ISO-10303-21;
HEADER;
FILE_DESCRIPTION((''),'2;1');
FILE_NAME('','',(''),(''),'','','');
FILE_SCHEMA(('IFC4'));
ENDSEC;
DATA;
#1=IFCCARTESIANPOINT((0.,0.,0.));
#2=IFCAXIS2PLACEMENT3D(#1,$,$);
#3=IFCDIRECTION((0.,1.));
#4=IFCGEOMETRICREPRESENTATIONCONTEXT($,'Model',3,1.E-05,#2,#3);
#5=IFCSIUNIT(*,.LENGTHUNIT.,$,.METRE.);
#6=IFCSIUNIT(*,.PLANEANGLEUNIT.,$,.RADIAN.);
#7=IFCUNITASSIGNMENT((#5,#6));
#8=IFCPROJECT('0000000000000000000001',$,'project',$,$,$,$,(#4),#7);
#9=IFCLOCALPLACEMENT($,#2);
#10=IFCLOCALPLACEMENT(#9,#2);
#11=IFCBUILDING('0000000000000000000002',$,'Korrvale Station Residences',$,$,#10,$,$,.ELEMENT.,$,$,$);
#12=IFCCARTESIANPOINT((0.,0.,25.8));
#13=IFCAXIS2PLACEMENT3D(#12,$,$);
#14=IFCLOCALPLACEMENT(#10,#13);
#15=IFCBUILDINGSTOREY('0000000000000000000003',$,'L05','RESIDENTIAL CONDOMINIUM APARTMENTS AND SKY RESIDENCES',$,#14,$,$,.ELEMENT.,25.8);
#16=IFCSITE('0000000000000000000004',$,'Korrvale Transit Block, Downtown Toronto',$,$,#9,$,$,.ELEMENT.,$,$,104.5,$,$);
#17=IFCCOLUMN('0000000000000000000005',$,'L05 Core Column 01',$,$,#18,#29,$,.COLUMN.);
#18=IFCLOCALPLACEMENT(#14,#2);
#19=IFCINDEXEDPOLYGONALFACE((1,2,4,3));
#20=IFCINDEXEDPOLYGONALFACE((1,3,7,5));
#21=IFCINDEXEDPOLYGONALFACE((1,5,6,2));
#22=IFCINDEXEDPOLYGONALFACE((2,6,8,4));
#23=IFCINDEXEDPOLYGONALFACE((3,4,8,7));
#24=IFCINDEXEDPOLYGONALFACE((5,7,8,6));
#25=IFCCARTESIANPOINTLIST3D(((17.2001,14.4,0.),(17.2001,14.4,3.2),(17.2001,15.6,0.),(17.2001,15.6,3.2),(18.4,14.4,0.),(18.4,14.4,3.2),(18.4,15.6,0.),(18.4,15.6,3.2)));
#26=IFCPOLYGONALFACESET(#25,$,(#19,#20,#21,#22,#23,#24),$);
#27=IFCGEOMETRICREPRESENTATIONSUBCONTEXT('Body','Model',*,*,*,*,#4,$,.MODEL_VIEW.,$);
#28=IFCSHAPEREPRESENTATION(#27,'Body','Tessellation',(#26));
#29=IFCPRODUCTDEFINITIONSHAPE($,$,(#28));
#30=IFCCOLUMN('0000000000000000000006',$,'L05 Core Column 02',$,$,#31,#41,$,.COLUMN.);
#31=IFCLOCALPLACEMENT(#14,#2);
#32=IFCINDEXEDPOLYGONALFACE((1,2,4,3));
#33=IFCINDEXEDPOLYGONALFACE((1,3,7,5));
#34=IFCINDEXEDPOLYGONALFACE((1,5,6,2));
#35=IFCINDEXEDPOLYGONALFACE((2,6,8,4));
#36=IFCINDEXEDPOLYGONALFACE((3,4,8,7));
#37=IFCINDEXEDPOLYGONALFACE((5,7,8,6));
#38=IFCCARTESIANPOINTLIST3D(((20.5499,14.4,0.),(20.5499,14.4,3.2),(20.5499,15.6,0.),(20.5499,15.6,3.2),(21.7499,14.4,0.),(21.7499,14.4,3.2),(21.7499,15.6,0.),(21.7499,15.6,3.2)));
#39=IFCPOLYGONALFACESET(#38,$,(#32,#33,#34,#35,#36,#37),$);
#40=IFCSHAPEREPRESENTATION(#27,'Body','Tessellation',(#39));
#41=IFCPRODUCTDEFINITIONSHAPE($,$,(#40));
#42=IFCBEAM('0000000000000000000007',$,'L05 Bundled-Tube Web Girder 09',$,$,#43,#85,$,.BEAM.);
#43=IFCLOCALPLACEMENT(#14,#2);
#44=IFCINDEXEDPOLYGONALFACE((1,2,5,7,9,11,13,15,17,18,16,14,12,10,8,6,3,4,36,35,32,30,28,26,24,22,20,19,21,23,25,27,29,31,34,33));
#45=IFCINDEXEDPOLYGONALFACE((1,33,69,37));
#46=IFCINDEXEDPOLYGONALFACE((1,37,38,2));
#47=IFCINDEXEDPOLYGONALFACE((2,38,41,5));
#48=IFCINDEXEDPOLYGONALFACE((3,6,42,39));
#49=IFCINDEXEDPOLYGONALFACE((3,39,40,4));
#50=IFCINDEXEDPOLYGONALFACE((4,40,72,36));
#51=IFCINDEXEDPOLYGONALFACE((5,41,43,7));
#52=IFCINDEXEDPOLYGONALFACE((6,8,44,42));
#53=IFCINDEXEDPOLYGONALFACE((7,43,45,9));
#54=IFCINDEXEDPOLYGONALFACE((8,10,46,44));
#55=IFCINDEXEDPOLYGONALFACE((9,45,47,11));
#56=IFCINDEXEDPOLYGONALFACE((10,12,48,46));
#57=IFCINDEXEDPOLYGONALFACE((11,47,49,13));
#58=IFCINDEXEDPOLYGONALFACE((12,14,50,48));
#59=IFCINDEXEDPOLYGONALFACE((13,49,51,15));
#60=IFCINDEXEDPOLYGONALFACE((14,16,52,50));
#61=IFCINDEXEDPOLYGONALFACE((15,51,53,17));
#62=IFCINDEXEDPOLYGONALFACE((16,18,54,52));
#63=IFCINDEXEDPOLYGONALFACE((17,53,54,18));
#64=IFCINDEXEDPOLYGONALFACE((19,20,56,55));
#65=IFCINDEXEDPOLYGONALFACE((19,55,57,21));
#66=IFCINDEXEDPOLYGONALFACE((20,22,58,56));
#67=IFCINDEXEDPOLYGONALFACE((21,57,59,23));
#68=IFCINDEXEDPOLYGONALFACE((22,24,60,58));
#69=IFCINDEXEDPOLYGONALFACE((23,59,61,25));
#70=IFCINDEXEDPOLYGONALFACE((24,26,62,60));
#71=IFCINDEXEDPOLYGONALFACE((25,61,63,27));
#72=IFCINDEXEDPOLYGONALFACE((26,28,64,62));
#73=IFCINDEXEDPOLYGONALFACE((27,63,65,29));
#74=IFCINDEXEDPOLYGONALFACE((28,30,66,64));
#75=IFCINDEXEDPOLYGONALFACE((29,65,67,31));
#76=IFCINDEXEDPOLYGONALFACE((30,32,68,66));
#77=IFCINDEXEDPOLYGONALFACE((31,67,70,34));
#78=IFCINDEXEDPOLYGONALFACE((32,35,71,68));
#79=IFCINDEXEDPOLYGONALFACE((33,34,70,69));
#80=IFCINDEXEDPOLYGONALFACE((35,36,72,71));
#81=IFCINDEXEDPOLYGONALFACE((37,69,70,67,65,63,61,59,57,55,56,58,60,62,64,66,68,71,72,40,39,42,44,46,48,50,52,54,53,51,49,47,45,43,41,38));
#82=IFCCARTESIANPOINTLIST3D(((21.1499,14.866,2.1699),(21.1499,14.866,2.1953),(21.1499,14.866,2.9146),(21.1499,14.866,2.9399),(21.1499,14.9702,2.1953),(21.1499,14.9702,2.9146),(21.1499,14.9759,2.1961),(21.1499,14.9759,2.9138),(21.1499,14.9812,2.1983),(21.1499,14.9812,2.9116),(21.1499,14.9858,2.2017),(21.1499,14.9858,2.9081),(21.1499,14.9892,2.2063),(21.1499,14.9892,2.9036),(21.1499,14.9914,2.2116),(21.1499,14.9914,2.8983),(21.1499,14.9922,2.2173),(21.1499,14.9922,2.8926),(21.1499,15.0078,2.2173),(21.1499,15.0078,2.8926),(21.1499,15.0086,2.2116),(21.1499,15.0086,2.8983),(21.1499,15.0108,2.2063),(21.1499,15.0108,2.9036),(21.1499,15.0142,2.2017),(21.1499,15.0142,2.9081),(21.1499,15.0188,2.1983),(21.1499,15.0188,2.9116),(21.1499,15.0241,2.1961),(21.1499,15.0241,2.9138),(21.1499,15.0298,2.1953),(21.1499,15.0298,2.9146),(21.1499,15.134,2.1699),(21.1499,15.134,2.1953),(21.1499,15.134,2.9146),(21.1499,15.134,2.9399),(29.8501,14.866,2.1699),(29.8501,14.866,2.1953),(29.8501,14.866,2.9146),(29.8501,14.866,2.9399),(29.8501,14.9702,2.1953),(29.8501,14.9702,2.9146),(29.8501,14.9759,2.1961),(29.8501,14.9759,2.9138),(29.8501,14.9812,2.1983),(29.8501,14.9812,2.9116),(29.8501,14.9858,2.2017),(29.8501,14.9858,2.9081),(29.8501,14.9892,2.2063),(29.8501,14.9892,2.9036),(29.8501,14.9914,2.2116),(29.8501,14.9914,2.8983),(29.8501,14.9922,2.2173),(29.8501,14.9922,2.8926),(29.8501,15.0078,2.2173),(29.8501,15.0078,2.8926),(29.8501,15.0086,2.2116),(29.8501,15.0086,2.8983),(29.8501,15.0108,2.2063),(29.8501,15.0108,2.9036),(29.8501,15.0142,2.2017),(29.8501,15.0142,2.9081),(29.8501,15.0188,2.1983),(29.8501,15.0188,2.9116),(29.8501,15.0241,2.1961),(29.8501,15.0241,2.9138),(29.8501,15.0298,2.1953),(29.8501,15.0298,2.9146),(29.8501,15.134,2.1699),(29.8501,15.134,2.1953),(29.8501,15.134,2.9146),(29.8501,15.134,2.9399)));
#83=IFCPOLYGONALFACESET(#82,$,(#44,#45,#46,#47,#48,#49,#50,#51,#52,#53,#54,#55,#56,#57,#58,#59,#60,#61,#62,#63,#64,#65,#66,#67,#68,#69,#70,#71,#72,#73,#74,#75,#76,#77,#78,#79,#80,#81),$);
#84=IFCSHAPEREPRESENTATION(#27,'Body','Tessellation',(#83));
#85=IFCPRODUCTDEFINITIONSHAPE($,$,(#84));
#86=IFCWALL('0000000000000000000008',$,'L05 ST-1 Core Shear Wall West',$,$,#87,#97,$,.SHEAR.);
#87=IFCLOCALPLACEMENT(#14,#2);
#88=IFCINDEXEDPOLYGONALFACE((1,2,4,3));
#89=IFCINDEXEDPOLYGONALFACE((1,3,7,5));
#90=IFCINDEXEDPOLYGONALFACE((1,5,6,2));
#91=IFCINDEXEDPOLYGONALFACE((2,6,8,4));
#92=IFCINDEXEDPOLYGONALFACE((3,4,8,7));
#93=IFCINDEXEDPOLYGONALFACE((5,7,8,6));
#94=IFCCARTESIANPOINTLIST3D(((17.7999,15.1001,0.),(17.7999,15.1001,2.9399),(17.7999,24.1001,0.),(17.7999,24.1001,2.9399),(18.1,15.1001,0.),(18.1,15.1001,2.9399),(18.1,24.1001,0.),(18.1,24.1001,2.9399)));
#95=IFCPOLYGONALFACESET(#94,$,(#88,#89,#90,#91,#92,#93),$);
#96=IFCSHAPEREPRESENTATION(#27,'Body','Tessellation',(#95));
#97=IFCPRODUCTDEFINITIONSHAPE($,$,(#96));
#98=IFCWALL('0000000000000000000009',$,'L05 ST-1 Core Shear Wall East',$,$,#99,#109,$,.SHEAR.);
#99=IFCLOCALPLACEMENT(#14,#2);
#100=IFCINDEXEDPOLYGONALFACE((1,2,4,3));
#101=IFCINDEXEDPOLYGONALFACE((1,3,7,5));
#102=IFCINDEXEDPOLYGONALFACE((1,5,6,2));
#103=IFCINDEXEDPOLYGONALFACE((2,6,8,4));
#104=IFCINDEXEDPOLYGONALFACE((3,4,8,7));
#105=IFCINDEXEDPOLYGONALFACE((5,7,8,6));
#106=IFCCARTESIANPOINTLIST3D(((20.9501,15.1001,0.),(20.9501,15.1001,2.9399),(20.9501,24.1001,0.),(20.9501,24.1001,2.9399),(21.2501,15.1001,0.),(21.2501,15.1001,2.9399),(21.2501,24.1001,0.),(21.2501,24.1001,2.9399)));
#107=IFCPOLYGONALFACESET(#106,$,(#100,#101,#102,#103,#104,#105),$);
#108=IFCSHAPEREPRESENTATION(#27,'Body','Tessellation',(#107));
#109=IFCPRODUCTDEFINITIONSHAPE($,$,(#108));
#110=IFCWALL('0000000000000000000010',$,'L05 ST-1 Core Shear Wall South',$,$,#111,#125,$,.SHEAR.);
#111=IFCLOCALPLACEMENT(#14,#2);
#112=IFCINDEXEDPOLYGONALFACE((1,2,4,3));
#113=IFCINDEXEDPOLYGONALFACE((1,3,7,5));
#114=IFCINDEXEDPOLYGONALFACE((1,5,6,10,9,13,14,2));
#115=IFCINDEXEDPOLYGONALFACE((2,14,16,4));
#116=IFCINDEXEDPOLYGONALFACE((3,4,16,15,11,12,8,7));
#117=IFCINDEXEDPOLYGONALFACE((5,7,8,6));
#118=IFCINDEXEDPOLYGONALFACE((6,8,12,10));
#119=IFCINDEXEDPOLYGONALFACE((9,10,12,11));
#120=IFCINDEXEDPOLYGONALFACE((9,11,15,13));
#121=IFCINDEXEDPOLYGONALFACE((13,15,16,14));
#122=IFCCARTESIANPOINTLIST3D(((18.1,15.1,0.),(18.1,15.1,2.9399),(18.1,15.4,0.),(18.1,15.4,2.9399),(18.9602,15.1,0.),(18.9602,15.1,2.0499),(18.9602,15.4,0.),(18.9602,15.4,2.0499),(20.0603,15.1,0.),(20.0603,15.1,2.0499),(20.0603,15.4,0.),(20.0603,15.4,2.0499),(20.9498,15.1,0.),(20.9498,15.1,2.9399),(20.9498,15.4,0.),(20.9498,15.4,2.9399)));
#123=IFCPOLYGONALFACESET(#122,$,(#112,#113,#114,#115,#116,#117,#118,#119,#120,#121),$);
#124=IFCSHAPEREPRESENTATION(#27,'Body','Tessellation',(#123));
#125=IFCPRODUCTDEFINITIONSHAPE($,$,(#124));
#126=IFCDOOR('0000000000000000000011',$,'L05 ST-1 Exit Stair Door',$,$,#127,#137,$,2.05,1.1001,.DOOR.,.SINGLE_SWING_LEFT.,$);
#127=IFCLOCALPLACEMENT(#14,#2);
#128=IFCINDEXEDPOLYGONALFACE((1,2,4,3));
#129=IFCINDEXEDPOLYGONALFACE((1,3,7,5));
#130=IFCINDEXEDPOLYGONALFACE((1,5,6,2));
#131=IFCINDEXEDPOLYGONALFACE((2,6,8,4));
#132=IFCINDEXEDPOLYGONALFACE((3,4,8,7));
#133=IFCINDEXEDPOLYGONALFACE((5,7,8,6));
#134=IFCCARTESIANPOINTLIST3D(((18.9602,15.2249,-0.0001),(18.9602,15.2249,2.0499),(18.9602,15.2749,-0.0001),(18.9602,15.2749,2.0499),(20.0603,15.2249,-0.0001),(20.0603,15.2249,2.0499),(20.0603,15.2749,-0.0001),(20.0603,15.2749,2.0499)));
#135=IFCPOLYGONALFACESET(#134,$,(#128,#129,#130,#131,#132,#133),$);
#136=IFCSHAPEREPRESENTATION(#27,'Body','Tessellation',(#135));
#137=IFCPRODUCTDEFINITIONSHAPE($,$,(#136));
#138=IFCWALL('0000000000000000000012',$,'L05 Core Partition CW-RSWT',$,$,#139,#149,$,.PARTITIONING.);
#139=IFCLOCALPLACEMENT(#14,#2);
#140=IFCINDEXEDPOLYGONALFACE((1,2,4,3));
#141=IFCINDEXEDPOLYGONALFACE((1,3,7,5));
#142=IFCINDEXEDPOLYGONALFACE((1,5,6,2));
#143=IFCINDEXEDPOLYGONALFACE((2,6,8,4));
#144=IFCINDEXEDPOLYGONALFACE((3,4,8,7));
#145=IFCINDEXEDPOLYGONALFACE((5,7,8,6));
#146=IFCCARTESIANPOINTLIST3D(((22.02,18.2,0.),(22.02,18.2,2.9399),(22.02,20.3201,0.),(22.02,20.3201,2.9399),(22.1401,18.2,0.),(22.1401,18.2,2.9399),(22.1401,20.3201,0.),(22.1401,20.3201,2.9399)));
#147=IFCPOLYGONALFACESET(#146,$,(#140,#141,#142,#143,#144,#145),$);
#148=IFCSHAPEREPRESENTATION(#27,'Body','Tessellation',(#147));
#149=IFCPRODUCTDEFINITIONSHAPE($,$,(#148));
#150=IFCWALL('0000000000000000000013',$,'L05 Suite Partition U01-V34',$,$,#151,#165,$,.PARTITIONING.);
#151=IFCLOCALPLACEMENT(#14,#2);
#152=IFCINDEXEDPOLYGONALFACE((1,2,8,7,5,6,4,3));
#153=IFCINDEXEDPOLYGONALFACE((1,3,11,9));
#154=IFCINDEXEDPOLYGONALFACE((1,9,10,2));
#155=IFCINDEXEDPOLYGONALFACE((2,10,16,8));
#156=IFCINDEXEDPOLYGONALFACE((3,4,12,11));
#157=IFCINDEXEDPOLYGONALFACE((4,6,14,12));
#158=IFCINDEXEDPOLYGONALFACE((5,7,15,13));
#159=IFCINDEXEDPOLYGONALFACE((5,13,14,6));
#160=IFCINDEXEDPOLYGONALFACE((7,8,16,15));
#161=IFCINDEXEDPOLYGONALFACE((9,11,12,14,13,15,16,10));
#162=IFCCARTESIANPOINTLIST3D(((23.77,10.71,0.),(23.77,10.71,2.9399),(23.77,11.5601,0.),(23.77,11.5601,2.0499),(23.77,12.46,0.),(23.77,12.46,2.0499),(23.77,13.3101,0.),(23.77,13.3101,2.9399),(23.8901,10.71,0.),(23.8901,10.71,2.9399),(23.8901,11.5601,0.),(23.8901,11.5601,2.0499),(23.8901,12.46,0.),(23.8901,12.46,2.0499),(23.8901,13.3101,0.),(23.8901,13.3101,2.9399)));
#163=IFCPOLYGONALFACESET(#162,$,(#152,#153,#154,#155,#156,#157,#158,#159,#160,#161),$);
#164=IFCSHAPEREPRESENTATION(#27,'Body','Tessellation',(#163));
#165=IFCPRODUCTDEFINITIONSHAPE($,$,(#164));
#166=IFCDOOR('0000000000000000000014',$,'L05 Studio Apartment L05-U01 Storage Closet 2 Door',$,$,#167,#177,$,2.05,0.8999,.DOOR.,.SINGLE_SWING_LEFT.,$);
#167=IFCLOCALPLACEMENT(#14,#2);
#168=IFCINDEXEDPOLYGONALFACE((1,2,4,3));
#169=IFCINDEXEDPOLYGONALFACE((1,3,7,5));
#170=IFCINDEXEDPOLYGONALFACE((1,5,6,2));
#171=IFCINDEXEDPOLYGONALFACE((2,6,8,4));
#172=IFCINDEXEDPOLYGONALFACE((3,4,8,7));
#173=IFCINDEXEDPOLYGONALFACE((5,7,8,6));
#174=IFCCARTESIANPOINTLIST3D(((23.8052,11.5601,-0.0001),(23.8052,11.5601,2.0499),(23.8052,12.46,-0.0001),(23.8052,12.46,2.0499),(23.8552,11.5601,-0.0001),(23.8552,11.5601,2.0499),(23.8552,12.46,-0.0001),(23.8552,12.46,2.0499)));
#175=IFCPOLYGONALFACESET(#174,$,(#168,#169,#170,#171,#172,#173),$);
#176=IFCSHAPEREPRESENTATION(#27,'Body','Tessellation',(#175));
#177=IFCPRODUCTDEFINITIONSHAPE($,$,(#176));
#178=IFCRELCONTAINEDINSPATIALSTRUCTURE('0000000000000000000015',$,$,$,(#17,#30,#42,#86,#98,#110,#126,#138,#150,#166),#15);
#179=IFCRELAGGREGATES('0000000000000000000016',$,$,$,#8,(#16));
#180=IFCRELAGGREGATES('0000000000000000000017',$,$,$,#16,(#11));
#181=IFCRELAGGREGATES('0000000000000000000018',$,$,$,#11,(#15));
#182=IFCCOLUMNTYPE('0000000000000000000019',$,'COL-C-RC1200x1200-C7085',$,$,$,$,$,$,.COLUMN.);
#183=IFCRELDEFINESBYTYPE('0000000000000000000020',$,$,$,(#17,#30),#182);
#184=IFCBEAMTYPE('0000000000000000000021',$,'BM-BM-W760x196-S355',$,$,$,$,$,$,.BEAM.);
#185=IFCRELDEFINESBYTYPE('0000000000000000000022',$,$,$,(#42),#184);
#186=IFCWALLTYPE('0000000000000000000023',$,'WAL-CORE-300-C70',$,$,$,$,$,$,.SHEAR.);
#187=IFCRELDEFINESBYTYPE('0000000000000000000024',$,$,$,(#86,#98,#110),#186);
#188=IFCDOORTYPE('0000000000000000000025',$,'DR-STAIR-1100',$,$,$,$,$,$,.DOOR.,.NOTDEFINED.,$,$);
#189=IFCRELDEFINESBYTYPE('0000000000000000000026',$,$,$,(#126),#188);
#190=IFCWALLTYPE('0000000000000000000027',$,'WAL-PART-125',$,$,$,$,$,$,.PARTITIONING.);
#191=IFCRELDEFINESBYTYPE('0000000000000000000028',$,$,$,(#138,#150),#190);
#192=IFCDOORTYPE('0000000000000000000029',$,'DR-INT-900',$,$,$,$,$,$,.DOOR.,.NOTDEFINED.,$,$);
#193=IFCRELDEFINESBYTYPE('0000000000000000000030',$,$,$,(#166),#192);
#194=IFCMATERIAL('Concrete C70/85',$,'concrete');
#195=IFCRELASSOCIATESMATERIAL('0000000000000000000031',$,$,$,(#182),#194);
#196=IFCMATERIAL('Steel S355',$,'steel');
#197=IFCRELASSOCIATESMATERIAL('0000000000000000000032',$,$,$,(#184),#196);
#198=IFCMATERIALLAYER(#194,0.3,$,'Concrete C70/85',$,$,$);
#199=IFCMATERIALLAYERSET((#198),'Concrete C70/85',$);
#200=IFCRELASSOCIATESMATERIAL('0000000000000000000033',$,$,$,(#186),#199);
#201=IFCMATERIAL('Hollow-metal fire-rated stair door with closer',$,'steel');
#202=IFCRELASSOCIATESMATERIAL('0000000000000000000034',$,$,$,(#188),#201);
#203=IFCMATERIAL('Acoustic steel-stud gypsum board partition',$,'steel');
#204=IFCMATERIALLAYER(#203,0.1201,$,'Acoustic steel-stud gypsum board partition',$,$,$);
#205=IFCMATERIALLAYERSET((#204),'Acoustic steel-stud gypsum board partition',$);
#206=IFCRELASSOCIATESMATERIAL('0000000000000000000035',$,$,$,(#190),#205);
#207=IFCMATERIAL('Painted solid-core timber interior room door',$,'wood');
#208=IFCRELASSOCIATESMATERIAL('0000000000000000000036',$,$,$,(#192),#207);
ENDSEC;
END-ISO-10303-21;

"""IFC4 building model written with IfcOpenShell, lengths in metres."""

from ifc_helpers import new_model, si_unit, direction, frame, frame_2d, origin, origin_2d, place, context, subcontext, project, spatial, rectangle, i_section, extrude, material, layer, layer_set, material_profile, profile_set, type_object, element, fill, save


model = new_model("IFC4")

# Units and contexts
model_context = context("Model", 3, precision=1e-05, world=origin(), true_north=direction((0.0, 1.0)))
body_context = subcontext(model_context, "Body", "Model", "MODEL_VIEW")
ifc_project = project(units=[si_unit("LENGTHUNIT", "METRE"), si_unit("PLANEANGLEUNIT", "RADIAN")], contexts=[model_context])

# Site, building, storey
site_placement = place(None, origin())
site = spatial("IfcSite", under=ifc_project, at=site_placement, Name="Korrvale Transit Block, Downtown Toronto", CompositionType="ELEMENT", RefElevation=104.5)
building_placement = place(site_placement, origin())
building = spatial("IfcBuilding", under=site, at=building_placement, Name="Korrvale Station Residences", CompositionType="ELEMENT")
storey_placement = place(building_placement, frame((0.0, 0.0, 25.8)))
storey = spatial("IfcBuildingStorey", under=building, at=storey_placement, Name="L05", Description="RESIDENTIAL CONDOMINIUM APARTMENTS AND SKY RESIDENCES", CompositionType="ELEMENT", Elevation=25.8)

# Columns
ifc_material_1 = material(Name="Concrete C70/85", Category="concrete")
ifc_material_profile_1 = material_profile(ifc_material_1, rectangle(XDim=1.2, YDim=1.2, at=origin_2d()), Name="RC1200x1200")
ifc_profile_set_1 = profile_set([ifc_material_profile_1], Name="Concrete C70/85")
column_type = type_object("IfcColumnType", Name="COL-C-RC1200x1200-C7085", PredefinedType="COLUMN", material=ifc_profile_set_1)
for number, where, z_axis, x_axis, name in (
    (1, (17.8, 15.0, 0.0), (0.0, 0.0, 1.0), (1.0, 0.0, 0.0), "L05 Core Column 01"),
    (2, (21.1499, 15.0, 0.0), (0.0, 0.0, 1.0), (1.0, 0.0, 0.0), "L05 Core Column 02"),
):
    element("IfcColumn", number, at=place(storey_placement, frame(where, z_axis=z_axis, x_axis=x_axis)), inside=storey, type_object=column_type, Name=name, PredefinedType="COLUMN", context=body_context, shape_type="SweptSolid", body=[
        extrude(rectangle(XDim=1.2, YDim=1.2, at=origin_2d()), origin(), (0.0, 0.0, 1.0), 3.2),
    ])

# Beam
ifc_material_2 = material(Name="Steel S355", Category="steel")
ifc_material_profile_2 = material_profile(ifc_material_2, i_section(OverallWidth=0.2681, OverallDepth=0.77, WebThickness=0.0156, FlangeThickness=0.0254, FilletRadius=0.022, at=origin_2d()), Name="W760x196")
ifc_profile_set_2 = profile_set([ifc_material_profile_2], Name="Steel S355")
beam_type = type_object("IfcBeamType", Name="BM-BM-W760x196-S355", PredefinedType="BEAM", material=ifc_profile_set_2)
beam_placement = place(storey_placement, frame((21.1499, 15.0, 2.5549), z_axis=(1.0, 0.0, 0.0), x_axis=(0.0, 1.0, 0.0)))
element("IfcBeam", 3, at=beam_placement, inside=storey, type_object=beam_type, Name="L05 Bundled-Tube Web Girder 09", PredefinedType="BEAM", context=body_context, shape_type="SweptSolid", body=[
    extrude(i_section(OverallWidth=0.2681, OverallDepth=0.77, WebThickness=0.0156, FlangeThickness=0.0254, FilletRadius=0.022, at=origin_2d()), origin(), (0.0, 0.0, 1.0), 8.7002),
])

# Walls
ifc_layer_1 = layer(ifc_material_1, 0.3, Name="Concrete C70/85")
ifc_layer_set_1 = layer_set([ifc_layer_1], Name="Concrete C70/85")
wall_type_1 = type_object("IfcWallType", Name="WAL-CORE-300-C70", PredefinedType="SHEAR", material=ifc_layer_set_1)
for number, where, z_axis, x_axis, name in (
    (4, (17.95, 15.1001, 0.0), (0.0, 0.0, 1.0), (0.0, 1.0, 0.0), "L05 ST-1 Core Shear Wall West"),
    (5, (21.1001, 15.1001, 0.0), (0.0, 0.0, 1.0), (0.0, 1.0, 0.0), "L05 ST-1 Core Shear Wall East"),
):
    element("IfcWall", number, at=place(storey_placement, frame(where, z_axis=z_axis, x_axis=x_axis)), inside=storey, type_object=wall_type_1, Name=name, PredefinedType="SHEAR", context=body_context, shape_type="SweptSolid", body=[
        extrude(rectangle(XDim=9.0, YDim=0.3, at=frame_2d((4.5, 0.0))), origin(), (0.0, 0.0, 1.0), 2.9399),
    ])

# Wall, opening, door
wall_1_placement = place(storey_placement, frame((18.1001, 15.25, 0.0), z_axis=(0.0, 0.0, 1.0), x_axis=(1.0, 0.0, 0.0)))
wall_1 = element("IfcWall", 6, at=wall_1_placement, inside=storey, type_object=wall_type_1, Name="L05 ST-1 Core Shear Wall South", PredefinedType="SHEAR", context=body_context, shape_type="SweptSolid", body=[
    extrude(rectangle(XDim=2.8499, YDim=0.3, at=frame_2d((1.4248, 0.0))), origin(), (0.0, 0.0, 1.0), 2.9399),
])
opening_1_placement = place(wall_1_placement, frame((0.8601, 0.0, 0.0)))
opening_1 = element("IfcOpeningElement", 7, at=opening_1_placement, cuts=wall_1, PredefinedType="OPENING", context=body_context, shape_type="SweptSolid", body=[
    extrude(rectangle(XDim=1.1001, YDim=2.05, at=frame_2d((0.55, 1.0249))), frame((0.0, 0.1602, 0.0), z_axis=(0.0, -1.0, 0.0), x_axis=(1.0, 0.0, 0.0)), (0.0, 0.0, 1.0), 0.3201),
])
ifc_material_3 = material(Name="Hollow-metal fire-rated stair door with closer", Category="steel")
door_type_1 = type_object("IfcDoorType", Name="DR-STAIR-1100", OperationType="NOTDEFINED", PredefinedType="DOOR", material=ifc_material_3)
door_1_placement = place(opening_1_placement, origin())
door_1 = element("IfcDoor", 8, at=door_1_placement, inside=storey, type_object=door_type_1, Name="L05 ST-1 Exit Stair Door", OperationType="SINGLE_SWING_LEFT", OverallHeight=2.05, OverallWidth=1.1001, PredefinedType="DOOR", context=body_context, shape_type="SweptSolid", body=[
    extrude(rectangle(XDim=1.1001, YDim=2.05, at=frame_2d((0.55, 1.0249))), frame((0.0, 0.0249, 0.0), z_axis=(0.0, -1.0, 0.0), x_axis=(1.0, 0.0, 0.0)), (0.0, 0.0, 1.0), 0.05),
])
fill(opening_1, door_1)

# Wall
ifc_material_4 = material(Name="Acoustic steel-stud gypsum board partition", Category="steel")
ifc_layer_2 = layer(ifc_material_4, 0.1201, Name="Acoustic steel-stud gypsum board partition")
ifc_layer_set_2 = layer_set([ifc_layer_2], Name="Acoustic steel-stud gypsum board partition")
wall_type_2 = type_object("IfcWallType", Name="WAL-PART-125", PredefinedType="PARTITIONING", material=ifc_layer_set_2)
wall_2_placement = place(storey_placement, frame((22.0801, 18.2, 0.0), z_axis=(0.0, 0.0, 1.0), x_axis=(0.0, 1.0, 0.0)))
element("IfcWall", 9, at=wall_2_placement, inside=storey, type_object=wall_type_2, Name="L05 Core Partition CW-RSWT", PredefinedType="PARTITIONING", context=body_context, shape_type="SweptSolid", body=[
    extrude(rectangle(XDim=2.1201, YDim=0.1201, at=frame_2d((1.0601, 0.0))), origin(), (0.0, 0.0, 1.0), 2.9399),
])

# Wall, opening, door
wall_3_placement = place(storey_placement, frame((23.8301, 10.71, 0.0), z_axis=(0.0, 0.0, 1.0), x_axis=(0.0, 1.0, 0.0)))
wall_3 = element("IfcWall", 10, at=wall_3_placement, inside=storey, type_object=wall_type_2, Name="L05 Suite Partition U01-V34", PredefinedType="PARTITIONING", context=body_context, shape_type="SweptSolid", body=[
    extrude(rectangle(XDim=2.6001, YDim=0.1201, at=frame_2d((1.3, 0.0))), origin(), (0.0, 0.0, 1.0), 2.9399),
])
opening_2_placement = place(wall_3_placement, frame((0.8501, 0.0, 0.0)))
opening_2 = element("IfcOpeningElement", 11, at=opening_2_placement, cuts=wall_3, PredefinedType="OPENING", context=body_context, shape_type="SweptSolid", body=[
    extrude(rectangle(XDim=0.8999, YDim=2.05, at=frame_2d((0.45, 1.0249))), frame((0.0, 0.0701, 0.0), z_axis=(0.0, -1.0, 0.0), x_axis=(1.0, 0.0, 0.0)), (0.0, 0.0, 1.0), 0.1401),
])
ifc_material_5 = material(Name="Painted solid-core timber interior room door", Category="wood")
door_type_2 = type_object("IfcDoorType", Name="DR-INT-900", OperationType="NOTDEFINED", PredefinedType="DOOR", material=ifc_material_5)
door_2_placement = place(opening_2_placement, origin())
door_2 = element("IfcDoor", 12, at=door_2_placement, inside=storey, type_object=door_type_2, Name="L05 Studio Apartment L05-U01 Storage Closet 2 Door", OperationType="SINGLE_SWING_LEFT", OverallHeight=2.05, OverallWidth=0.8999, PredefinedType="DOOR", context=body_context, shape_type="SweptSolid", body=[
    extrude(rectangle(XDim=0.8999, YDim=2.05, at=frame_2d((0.45, 1.0249))), frame((0.0, 0.0249, 0.0), z_axis=(0.0, -1.0, 0.0), x_axis=(1.0, 0.0, 0.0)), (0.0, 0.0, 1.0), 0.05),
])
fill(opening_2, door_2)

save(model, "model.ifc")
